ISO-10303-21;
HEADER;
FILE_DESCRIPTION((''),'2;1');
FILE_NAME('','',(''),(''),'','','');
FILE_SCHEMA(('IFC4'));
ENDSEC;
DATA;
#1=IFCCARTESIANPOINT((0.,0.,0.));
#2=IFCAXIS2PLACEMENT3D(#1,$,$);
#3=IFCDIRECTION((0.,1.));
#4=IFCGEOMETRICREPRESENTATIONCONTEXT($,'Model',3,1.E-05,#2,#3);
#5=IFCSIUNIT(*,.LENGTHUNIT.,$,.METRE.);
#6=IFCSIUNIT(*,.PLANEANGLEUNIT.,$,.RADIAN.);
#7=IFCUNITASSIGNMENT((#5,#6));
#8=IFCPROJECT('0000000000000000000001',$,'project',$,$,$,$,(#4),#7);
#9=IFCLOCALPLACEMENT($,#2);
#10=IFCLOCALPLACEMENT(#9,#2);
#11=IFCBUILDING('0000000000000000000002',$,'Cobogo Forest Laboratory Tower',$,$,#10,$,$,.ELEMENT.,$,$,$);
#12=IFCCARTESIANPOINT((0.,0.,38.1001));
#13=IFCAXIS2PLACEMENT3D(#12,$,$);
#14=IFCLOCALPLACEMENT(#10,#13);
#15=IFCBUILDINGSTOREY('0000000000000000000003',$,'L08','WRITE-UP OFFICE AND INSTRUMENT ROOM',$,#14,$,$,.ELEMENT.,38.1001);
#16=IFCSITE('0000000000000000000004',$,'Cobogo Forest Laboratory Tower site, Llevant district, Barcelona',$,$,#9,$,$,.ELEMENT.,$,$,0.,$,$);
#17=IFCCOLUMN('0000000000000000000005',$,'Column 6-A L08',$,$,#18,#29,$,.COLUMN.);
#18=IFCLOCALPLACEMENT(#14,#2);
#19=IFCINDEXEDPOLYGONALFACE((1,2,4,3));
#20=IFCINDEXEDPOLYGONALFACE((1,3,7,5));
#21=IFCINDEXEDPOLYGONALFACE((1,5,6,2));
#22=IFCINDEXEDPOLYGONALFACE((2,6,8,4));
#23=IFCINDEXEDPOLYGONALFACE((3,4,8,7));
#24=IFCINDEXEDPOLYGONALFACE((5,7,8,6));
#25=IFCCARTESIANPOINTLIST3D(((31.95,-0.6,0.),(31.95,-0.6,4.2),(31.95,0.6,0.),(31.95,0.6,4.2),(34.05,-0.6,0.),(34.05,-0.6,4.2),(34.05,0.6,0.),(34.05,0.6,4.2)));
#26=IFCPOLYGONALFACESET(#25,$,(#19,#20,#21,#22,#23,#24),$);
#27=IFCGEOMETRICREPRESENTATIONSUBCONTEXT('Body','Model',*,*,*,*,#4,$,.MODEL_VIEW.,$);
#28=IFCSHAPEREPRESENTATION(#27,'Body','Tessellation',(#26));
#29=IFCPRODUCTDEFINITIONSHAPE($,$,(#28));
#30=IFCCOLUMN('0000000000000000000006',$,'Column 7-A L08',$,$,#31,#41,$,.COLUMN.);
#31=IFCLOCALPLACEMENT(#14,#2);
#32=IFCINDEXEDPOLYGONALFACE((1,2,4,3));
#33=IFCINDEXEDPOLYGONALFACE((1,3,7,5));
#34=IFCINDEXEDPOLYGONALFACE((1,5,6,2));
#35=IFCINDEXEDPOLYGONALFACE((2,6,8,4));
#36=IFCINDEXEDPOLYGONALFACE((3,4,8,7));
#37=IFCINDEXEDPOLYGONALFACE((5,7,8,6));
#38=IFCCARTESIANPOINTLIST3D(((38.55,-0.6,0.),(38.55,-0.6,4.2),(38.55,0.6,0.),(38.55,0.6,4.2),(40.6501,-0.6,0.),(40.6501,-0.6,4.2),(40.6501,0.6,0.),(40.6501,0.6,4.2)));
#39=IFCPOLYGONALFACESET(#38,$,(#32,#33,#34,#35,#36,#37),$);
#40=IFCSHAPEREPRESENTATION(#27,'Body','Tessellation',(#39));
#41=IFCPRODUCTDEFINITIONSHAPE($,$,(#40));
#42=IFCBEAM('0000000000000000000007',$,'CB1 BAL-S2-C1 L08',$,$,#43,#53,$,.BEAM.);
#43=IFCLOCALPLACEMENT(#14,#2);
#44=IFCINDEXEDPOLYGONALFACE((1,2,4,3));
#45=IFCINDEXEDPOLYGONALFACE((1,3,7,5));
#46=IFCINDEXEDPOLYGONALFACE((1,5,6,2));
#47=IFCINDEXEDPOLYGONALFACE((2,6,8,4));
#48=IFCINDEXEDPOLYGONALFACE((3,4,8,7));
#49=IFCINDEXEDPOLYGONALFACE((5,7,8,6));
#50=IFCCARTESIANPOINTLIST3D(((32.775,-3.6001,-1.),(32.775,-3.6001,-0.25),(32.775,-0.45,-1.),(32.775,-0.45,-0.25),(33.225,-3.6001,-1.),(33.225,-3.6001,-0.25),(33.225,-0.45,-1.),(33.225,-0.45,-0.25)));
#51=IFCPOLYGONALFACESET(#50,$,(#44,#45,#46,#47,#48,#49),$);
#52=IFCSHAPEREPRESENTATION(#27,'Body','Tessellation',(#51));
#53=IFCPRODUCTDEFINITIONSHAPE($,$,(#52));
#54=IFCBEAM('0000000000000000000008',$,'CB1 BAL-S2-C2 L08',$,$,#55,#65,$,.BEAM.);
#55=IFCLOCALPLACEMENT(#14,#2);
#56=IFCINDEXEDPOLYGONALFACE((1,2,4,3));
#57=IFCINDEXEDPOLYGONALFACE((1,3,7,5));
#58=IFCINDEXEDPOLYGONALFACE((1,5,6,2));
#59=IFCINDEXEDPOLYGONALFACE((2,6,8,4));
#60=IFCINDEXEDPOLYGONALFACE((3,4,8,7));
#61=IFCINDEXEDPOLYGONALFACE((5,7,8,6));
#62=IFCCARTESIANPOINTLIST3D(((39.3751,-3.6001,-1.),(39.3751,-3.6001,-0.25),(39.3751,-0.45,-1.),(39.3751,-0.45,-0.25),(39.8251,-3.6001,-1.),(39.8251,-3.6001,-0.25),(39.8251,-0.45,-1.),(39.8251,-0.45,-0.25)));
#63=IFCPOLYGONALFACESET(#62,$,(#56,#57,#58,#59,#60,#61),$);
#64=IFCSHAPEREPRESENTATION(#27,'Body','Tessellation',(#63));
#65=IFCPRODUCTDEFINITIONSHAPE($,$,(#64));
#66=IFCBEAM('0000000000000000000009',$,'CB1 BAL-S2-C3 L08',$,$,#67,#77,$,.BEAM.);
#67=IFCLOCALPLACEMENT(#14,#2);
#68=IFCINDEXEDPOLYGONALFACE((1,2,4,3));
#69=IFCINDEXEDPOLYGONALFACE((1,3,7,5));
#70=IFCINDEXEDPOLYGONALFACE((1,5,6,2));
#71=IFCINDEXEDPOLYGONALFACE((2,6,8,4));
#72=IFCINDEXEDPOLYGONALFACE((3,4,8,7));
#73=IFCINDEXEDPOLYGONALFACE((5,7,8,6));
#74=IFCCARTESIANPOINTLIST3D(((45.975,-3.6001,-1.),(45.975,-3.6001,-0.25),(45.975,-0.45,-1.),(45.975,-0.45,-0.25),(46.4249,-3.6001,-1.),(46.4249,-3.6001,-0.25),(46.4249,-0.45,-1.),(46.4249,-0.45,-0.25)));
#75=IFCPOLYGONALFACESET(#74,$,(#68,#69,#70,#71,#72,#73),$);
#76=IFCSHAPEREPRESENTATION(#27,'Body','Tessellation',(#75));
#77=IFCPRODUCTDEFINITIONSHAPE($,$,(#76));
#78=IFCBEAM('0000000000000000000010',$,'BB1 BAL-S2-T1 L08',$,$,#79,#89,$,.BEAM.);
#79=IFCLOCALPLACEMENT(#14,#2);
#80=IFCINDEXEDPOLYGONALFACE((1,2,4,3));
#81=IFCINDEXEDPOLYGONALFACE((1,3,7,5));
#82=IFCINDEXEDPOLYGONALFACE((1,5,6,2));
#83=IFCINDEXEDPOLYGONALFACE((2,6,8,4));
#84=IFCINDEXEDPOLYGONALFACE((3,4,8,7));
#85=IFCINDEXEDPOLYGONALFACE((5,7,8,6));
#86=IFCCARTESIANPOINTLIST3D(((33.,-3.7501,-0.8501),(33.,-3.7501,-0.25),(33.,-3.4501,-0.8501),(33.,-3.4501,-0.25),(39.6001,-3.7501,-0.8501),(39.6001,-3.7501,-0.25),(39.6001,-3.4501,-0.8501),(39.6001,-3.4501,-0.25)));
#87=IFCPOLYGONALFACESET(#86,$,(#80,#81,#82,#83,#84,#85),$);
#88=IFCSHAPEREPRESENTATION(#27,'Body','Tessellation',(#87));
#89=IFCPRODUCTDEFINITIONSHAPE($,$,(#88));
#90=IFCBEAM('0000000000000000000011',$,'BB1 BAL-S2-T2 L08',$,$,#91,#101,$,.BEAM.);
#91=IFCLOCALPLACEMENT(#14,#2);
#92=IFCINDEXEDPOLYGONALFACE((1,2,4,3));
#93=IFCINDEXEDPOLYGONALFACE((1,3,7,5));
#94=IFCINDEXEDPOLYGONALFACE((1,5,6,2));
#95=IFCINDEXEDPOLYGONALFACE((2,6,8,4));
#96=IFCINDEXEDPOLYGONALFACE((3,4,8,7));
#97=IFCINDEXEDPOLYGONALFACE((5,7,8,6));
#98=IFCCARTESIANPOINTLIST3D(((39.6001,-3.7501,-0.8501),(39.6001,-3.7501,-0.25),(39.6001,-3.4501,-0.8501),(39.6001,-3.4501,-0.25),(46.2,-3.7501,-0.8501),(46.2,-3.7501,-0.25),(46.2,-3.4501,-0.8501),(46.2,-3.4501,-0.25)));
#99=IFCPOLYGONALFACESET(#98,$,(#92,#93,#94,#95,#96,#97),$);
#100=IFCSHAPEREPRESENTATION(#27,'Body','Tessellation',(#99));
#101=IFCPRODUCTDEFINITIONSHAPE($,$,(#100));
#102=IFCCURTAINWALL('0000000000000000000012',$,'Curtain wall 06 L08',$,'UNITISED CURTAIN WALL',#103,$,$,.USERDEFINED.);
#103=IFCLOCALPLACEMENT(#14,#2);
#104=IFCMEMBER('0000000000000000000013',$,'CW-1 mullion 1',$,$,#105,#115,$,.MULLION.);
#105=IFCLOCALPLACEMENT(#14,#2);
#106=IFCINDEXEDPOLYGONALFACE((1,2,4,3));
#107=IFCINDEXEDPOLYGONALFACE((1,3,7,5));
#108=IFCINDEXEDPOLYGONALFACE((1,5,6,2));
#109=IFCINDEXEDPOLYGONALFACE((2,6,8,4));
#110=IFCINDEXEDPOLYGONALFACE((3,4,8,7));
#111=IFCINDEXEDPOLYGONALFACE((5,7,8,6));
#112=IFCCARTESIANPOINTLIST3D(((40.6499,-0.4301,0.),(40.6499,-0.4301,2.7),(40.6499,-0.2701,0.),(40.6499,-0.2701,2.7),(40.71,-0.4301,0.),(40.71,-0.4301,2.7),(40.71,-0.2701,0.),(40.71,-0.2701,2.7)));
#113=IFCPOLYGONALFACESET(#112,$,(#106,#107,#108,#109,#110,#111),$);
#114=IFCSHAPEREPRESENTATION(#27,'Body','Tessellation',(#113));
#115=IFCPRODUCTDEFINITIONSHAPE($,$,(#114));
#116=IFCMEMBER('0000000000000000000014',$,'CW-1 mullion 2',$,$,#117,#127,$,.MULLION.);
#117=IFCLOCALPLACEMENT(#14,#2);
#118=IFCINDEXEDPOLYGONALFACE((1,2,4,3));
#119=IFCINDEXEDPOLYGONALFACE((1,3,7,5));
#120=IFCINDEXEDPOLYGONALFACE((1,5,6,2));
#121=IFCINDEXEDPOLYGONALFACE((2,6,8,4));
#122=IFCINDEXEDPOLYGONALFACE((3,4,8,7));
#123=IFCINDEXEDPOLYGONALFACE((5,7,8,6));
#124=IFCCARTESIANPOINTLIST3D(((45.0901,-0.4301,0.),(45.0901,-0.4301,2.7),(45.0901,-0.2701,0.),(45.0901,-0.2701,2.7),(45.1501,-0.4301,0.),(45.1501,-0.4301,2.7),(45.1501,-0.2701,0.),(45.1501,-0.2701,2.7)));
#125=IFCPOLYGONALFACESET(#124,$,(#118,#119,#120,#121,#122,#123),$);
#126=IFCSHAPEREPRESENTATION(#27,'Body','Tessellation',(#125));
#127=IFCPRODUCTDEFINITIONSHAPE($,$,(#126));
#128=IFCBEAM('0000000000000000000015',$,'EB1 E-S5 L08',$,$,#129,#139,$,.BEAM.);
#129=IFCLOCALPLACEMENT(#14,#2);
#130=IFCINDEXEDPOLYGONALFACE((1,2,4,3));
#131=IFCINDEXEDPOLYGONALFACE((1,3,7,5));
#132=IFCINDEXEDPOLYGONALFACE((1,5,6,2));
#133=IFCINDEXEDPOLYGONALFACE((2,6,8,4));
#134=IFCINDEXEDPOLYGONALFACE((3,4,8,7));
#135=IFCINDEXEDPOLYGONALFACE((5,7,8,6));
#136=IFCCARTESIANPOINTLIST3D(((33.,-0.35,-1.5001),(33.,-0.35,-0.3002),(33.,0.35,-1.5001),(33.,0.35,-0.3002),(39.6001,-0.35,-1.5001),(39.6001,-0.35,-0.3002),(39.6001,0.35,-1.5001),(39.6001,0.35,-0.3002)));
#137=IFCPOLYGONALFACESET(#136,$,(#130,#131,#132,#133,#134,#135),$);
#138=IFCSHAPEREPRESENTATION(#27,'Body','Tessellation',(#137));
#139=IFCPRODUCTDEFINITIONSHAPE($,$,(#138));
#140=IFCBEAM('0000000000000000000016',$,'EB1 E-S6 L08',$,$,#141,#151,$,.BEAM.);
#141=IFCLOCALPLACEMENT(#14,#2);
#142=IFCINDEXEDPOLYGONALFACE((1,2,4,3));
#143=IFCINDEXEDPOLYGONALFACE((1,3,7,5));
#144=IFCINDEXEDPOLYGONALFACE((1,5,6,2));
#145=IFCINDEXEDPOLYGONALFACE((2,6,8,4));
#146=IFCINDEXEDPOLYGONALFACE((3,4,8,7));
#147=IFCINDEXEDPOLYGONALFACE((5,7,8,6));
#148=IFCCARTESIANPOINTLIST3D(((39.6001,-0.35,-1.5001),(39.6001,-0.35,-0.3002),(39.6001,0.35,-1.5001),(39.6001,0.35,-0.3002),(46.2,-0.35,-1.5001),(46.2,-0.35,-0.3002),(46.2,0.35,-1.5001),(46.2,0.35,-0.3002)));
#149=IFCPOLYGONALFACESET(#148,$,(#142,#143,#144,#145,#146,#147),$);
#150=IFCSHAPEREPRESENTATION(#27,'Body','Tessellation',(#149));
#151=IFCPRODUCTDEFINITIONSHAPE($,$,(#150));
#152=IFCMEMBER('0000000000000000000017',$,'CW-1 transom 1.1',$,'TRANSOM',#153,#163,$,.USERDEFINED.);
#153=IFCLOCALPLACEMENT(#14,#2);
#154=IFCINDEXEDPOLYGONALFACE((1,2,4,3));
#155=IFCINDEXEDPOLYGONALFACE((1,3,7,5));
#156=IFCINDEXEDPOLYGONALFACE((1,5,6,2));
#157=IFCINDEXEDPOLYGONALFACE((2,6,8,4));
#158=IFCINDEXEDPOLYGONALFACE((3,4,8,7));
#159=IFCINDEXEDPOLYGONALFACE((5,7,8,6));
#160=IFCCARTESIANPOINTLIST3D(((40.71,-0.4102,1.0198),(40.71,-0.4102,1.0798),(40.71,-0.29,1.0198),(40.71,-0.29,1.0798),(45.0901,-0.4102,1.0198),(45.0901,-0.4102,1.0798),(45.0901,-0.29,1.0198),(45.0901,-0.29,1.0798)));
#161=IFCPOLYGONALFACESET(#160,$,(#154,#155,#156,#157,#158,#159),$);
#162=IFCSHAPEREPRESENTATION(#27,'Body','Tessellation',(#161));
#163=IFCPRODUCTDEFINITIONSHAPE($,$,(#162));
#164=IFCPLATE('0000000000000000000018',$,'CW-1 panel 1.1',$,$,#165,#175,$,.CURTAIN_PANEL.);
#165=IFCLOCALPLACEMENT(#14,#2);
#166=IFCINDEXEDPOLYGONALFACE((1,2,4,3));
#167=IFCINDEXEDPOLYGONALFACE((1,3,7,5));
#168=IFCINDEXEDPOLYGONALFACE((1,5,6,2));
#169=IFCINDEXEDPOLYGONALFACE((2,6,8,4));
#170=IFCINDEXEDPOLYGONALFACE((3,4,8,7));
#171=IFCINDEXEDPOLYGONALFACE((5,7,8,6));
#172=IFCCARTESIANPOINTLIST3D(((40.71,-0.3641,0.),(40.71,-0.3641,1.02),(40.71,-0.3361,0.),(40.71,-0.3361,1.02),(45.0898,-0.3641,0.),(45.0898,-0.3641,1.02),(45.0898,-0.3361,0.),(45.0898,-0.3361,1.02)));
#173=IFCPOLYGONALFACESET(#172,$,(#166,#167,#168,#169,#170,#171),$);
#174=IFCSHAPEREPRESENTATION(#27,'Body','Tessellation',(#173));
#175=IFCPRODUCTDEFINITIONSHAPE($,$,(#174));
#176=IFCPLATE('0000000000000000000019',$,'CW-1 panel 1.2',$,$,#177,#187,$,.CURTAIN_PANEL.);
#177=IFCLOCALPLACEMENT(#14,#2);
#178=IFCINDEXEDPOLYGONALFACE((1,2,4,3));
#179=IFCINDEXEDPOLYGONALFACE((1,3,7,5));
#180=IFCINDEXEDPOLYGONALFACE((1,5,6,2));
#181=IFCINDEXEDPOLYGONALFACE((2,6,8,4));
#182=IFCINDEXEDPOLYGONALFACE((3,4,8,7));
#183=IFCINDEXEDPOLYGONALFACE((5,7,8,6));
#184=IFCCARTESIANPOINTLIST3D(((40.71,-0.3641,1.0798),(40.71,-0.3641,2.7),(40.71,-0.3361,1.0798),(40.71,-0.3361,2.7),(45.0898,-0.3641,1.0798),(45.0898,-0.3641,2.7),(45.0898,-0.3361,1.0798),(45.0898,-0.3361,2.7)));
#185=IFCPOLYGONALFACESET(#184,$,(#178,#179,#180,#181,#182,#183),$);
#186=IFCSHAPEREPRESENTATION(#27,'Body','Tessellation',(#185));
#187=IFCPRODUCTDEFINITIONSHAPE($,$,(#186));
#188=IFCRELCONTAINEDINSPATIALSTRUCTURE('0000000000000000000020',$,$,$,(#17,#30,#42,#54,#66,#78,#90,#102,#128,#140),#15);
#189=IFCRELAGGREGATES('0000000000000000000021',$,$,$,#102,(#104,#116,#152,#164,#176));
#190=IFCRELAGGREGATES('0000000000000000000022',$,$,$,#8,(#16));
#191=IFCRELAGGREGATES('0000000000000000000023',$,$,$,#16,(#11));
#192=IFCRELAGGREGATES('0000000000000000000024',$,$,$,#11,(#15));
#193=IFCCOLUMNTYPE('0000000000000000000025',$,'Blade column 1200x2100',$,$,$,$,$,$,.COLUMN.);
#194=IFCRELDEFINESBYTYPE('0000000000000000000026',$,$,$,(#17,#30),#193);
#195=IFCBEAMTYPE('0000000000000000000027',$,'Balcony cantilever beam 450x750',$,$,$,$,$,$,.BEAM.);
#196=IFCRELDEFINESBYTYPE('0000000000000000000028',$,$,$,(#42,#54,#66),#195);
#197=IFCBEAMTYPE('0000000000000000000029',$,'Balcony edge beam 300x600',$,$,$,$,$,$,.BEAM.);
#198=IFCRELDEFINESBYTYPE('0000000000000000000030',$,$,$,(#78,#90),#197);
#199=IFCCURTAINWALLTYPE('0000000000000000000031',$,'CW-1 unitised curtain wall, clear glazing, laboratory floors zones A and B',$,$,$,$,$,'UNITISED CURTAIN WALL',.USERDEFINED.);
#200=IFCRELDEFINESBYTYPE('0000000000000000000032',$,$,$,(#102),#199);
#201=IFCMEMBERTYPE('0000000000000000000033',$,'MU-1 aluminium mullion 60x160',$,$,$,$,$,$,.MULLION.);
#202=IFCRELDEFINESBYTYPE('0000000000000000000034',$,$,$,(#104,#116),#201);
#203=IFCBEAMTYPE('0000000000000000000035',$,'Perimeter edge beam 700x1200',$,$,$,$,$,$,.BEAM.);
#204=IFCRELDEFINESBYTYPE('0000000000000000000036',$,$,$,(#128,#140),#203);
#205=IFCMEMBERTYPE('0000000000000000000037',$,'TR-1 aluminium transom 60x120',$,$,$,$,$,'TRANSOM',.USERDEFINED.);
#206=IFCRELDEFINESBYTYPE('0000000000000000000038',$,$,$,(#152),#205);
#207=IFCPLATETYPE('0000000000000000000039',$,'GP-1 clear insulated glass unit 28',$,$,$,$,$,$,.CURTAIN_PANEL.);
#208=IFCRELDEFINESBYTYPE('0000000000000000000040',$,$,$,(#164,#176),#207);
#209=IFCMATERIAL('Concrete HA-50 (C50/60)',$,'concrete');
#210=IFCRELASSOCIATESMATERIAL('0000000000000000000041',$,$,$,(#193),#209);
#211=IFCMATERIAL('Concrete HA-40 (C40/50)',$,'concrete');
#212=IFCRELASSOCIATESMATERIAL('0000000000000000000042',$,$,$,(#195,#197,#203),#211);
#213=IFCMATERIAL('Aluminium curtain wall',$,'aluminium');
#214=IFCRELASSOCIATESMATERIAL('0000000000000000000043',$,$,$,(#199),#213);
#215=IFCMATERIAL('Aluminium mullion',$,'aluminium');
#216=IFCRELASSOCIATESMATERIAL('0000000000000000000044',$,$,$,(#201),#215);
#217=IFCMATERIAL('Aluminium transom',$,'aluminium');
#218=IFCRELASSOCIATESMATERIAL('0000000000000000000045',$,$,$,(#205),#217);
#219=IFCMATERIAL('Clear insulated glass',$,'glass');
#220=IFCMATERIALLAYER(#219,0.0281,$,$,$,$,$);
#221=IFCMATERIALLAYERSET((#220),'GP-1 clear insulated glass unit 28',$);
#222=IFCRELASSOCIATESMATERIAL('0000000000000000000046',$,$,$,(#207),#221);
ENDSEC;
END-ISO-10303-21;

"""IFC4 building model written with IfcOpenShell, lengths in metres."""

from ifc_helpers import new_model, si_unit, direction, frame, origin, origin_2d, place, context, subcontext, project, spatial, rectangle, extrude, material, layer, layer_set, material_profile, profile_set, type_object, element, aggregate, save


model = new_model("IFC4")

# Units and contexts
model_context = context("Model", 3, precision=1e-05, world=origin(), true_north=direction((0.0, 1.0)))
body_context = subcontext(model_context, "Body", "Model", "MODEL_VIEW")
ifc_project = project(units=[si_unit("LENGTHUNIT", "METRE"), si_unit("PLANEANGLEUNIT", "RADIAN")], contexts=[model_context])

# Site, building, storey
site_placement = place(None, origin())
site = spatial("IfcSite", under=ifc_project, at=site_placement, Name="Cobogo Forest Laboratory Tower site, Llevant district, Barcelona", CompositionType="ELEMENT", RefElevation=0.0)
building_placement = place(site_placement, origin())
building = spatial("IfcBuilding", under=site, at=building_placement, Name="Cobogo Forest Laboratory Tower", CompositionType="ELEMENT")
storey_placement = place(building_placement, frame((0.0, 0.0, 38.1001)))
storey = spatial("IfcBuildingStorey", under=building, at=storey_placement, Name="L08", Description="WRITE-UP OFFICE AND INSTRUMENT ROOM", CompositionType="ELEMENT", Elevation=38.1001)

# Columns
ifc_material_1 = material(Name="Concrete HA-50 (C50/60)", Category="concrete")
ifc_material_profile_1 = material_profile(ifc_material_1, rectangle(XDim=2.1001, YDim=1.2, at=origin_2d()), Name="RC 1200x2100")
ifc_profile_set_1 = profile_set([ifc_material_profile_1], Name="Concrete HA-50 (C50/60)")
column_type = type_object("IfcColumnType", Name="Blade column 1200x2100", PredefinedType="COLUMN", material=ifc_profile_set_1)
for number, where, z_axis, x_axis, name in (
    (1, (33.0, 0.0, 0.0), (0.0, 0.0, 1.0), (1.0, 0.0, 0.0), "Column 6-A L08"),
    (2, (39.6001, 0.0, 0.0), (0.0, 0.0, 1.0), (1.0, 0.0, 0.0), "Column 7-A L08"),
):
    element("IfcColumn", number, at=place(storey_placement, frame(where, z_axis=z_axis, x_axis=x_axis)), inside=storey, type_object=column_type, Name=name, PredefinedType="COLUMN", context=body_context, shape_type="SweptSolid", body=[
        extrude(rectangle(XDim=2.1001, YDim=1.2, at=origin_2d()), origin(), (0.0, 0.0, 1.0), 4.2),
    ])

# Beams
ifc_material_2 = material(Name="Concrete HA-40 (C40/50)", Category="concrete")
ifc_material_profile_2 = material_profile(ifc_material_2, rectangle(XDim=0.45, YDim=0.75, at=origin_2d()), Name="RC 450x750")
ifc_profile_set_2 = profile_set([ifc_material_profile_2], Name="Concrete HA-40 (C40/50)")
beam_type_1 = type_object("IfcBeamType", Name="Balcony cantilever beam 450x750", PredefinedType="BEAM", material=ifc_profile_set_2)
for number, where, z_axis, x_axis, name in (
    (3, (33.0, -0.45, -0.625), (0.0, -1.0, 0.0), (1.0, 0.0, 0.0), "CB1 BAL-S2-C1 L08"),
    (4, (39.6001, -0.45, -0.625), (0.0, -1.0, 0.0), (1.0, 0.0, 0.0), "CB1 BAL-S2-C2 L08"),
    (5, (46.2, -0.45, -0.625), (0.0, -1.0, 0.0), (1.0, 0.0, 0.0), "CB1 BAL-S2-C3 L08"),
):
    element("IfcBeam", number, at=place(storey_placement, frame(where, z_axis=z_axis, x_axis=x_axis)), inside=storey, type_object=beam_type_1, Name=name, PredefinedType="BEAM", context=body_context, shape_type="SweptSolid", body=[
        extrude(rectangle(XDim=0.45, YDim=0.75, at=origin_2d()), origin(), (0.0, 0.0, 1.0), 3.1501),
    ])
ifc_material_profile_3 = material_profile(ifc_material_2, rectangle(XDim=0.3, YDim=0.6001, at=origin_2d()), Name="RC 300x600")
ifc_profile_set_3 = profile_set([ifc_material_profile_3], Name="Concrete HA-40 (C40/50)")
beam_type_2 = type_object("IfcBeamType", Name="Balcony edge beam 300x600", PredefinedType="BEAM", material=ifc_profile_set_3)
beam_1_placement = place(storey_placement, frame((33.0, -3.6001, -0.55), z_axis=(1.0, 0.0, 0.0), x_axis=(0.0, 1.0, 0.0)))
element("IfcBeam", 6, at=beam_1_placement, inside=storey, type_object=beam_type_2, Name="BB1 BAL-S2-T1 L08", PredefinedType="BEAM", context=body_context, shape_type="SweptSolid", body=[
    extrude(rectangle(XDim=0.3, YDim=0.6001, at=origin_2d()), origin(), (0.0, 0.0, 1.0), 6.6001),
])
beam_2_placement = place(storey_placement, frame((39.6001, -3.6001, -0.55), z_axis=(1.0, 0.0, 0.0), x_axis=(0.0, 1.0, 0.0)))
element("IfcBeam", 7, at=beam_2_placement, inside=storey, type_object=beam_type_2, Name="BB1 BAL-S2-T2 L08", PredefinedType="BEAM", context=body_context, shape_type="SweptSolid", body=[
    extrude(rectangle(XDim=0.3, YDim=0.6001, at=origin_2d()), origin(), (0.0, 0.0, 1.0), 6.5999),
])

# Curtain wall, members
ifc_material_3 = material(Name="Aluminium curtain wall", Category="aluminium")
curtain_wall_type = type_object("IfcCurtainWallType", Name="CW-1 unitised curtain wall, clear glazing, laboratory floors zones A and B", ElementType="UNITISED CURTAIN WALL", PredefinedType="USERDEFINED", material=ifc_material_3)
curtain_wall_placement = place(storey_placement, origin())
curtain_wall = element("IfcCurtainWall", 8, at=curtain_wall_placement, inside=storey, type_object=curtain_wall_type, Name="Curtain wall 06 L08", ObjectType="UNITISED CURTAIN WALL", PredefinedType="USERDEFINED")
ifc_material_4 = material(Name="Aluminium mullion", Category="aluminium")
ifc_material_profile_4 = material_profile(ifc_material_4, rectangle(XDim=0.0601, YDim=0.1599, at=origin_2d()), Name="AL 60x160")
ifc_profile_set_4 = profile_set([ifc_material_profile_4], Name="Aluminium mullion")
member_type_1 = type_object("IfcMemberType", Name="MU-1 aluminium mullion 60x160", PredefinedType="MULLION", material=ifc_profile_set_4)
member_1_placement = place(storey_placement, frame((40.6799, -0.3501, 0.0), z_axis=(0.0, 0.0, 1.0), x_axis=(1.0, 0.0, 0.0)))
member_1 = element("IfcMember", 9, at=member_1_placement, type_object=member_type_1, Name="CW-1 mullion 1", PredefinedType="MULLION", context=body_context, shape_type="SweptSolid", body=[
    extrude(rectangle(XDim=0.0601, YDim=0.1599, at=origin_2d()), origin(), (0.0, 0.0, 1.0), 2.7),
])
member_2_placement = place(storey_placement, frame((45.1201, -0.3501, 0.0), z_axis=(0.0, 0.0, 1.0), x_axis=(1.0, 0.0, 0.0)))
member_2 = element("IfcMember", 10, at=member_2_placement, type_object=member_type_1, Name="CW-1 mullion 2", PredefinedType="MULLION", context=body_context, shape_type="SweptSolid", body=[
    extrude(rectangle(XDim=0.0601, YDim=0.1599, at=origin_2d()), origin(), (0.0, 0.0, 1.0), 2.7),
])

# Beams
ifc_material_profile_5 = material_profile(ifc_material_2, rectangle(XDim=0.7, YDim=1.2, at=origin_2d()), Name="RC 700x1200")
ifc_profile_set_5 = profile_set([ifc_material_profile_5], Name="Concrete HA-40 (C40/50)")
beam_type_3 = type_object("IfcBeamType", Name="Perimeter edge beam 700x1200", PredefinedType="BEAM", material=ifc_profile_set_5)
beam_3_placement = place(storey_placement, frame((33.0, 0.0, -0.9001), z_axis=(1.0, 0.0, 0.0), x_axis=(0.0, 1.0, 0.0)))
element("IfcBeam", 11, at=beam_3_placement, inside=storey, type_object=beam_type_3, Name="EB1 E-S5 L08", PredefinedType="BEAM", context=body_context, shape_type="SweptSolid", body=[
    extrude(rectangle(XDim=0.7, YDim=1.2, at=origin_2d()), origin(), (0.0, 0.0, 1.0), 6.6001),
])
beam_4_placement = place(storey_placement, frame((39.6001, 0.0, -0.9001), z_axis=(1.0, 0.0, 0.0), x_axis=(0.0, 1.0, 0.0)))
element("IfcBeam", 12, at=beam_4_placement, inside=storey, type_object=beam_type_3, Name="EB1 E-S6 L08", PredefinedType="BEAM", context=body_context, shape_type="SweptSolid", body=[
    extrude(rectangle(XDim=0.7, YDim=1.2, at=origin_2d()), origin(), (0.0, 0.0, 1.0), 6.5999),
])

# Member
ifc_material_5 = material(Name="Aluminium transom", Category="aluminium")
ifc_material_profile_6 = material_profile(ifc_material_5, rectangle(XDim=0.1201, YDim=0.0601, at=origin_2d()), Name="AL 60x120")
ifc_profile_set_6 = profile_set([ifc_material_profile_6], Name="Aluminium transom")
member_type_2 = type_object("IfcMemberType", Name="TR-1 aluminium transom 60x120", ElementType="TRANSOM", PredefinedType="USERDEFINED", material=ifc_profile_set_6)
member_3_placement = place(storey_placement, frame((40.71, -0.3501, 1.0498), z_axis=(1.0, 0.0, 0.0), x_axis=(0.0, 1.0, 0.0)))
member_3 = element("IfcMember", 13, at=member_3_placement, type_object=member_type_2, Name="CW-1 transom 1.1", ObjectType="TRANSOM", PredefinedType="USERDEFINED", context=body_context, shape_type="SweptSolid", body=[
    extrude(rectangle(XDim=0.1201, YDim=0.0601, at=origin_2d()), origin(), (0.0, 0.0, 1.0), 4.3801),
])

# Plates
ifc_material_6 = material(Name="Clear insulated glass", Category="glass")
ifc_layer_1 = layer(ifc_material_6, 0.0281)
ifc_layer_set_1 = layer_set([ifc_layer_1], Name="GP-1 clear insulated glass unit 28")
plate_type = type_object("IfcPlateType", Name="GP-1 clear insulated glass unit 28", PredefinedType="CURTAIN_PANEL", material=ifc_layer_set_1)
plate_1_placement = place(storey_placement, frame((42.8999, -0.3501, 0.0), z_axis=(0.0, 0.0, 1.0), x_axis=(1.0, 0.0, 0.0)))
plate_1 = element("IfcPlate", 14, at=plate_1_placement, type_object=plate_type, Name="CW-1 panel 1.1", PredefinedType="CURTAIN_PANEL", context=body_context, shape_type="SweptSolid", body=[
    extrude(rectangle(XDim=4.3799, YDim=0.0281, at=origin_2d()), origin(), (0.0, 0.0, 1.0), 1.02),
])
plate_2_placement = place(storey_placement, frame((42.8999, -0.3501, 1.0798), z_axis=(0.0, 0.0, 1.0), x_axis=(1.0, 0.0, 0.0)))
plate_2 = element("IfcPlate", 15, at=plate_2_placement, type_object=plate_type, Name="CW-1 panel 1.2", PredefinedType="CURTAIN_PANEL", context=body_context, shape_type="SweptSolid", body=[
    extrude(rectangle(XDim=4.3799, YDim=0.0281, at=origin_2d()), origin(), (0.0, 0.0, 1.0), 1.6201),
])
aggregate(curtain_wall, [member_1, member_2, member_3, plate_1, plate_2])

save(model, "model.ifc")
